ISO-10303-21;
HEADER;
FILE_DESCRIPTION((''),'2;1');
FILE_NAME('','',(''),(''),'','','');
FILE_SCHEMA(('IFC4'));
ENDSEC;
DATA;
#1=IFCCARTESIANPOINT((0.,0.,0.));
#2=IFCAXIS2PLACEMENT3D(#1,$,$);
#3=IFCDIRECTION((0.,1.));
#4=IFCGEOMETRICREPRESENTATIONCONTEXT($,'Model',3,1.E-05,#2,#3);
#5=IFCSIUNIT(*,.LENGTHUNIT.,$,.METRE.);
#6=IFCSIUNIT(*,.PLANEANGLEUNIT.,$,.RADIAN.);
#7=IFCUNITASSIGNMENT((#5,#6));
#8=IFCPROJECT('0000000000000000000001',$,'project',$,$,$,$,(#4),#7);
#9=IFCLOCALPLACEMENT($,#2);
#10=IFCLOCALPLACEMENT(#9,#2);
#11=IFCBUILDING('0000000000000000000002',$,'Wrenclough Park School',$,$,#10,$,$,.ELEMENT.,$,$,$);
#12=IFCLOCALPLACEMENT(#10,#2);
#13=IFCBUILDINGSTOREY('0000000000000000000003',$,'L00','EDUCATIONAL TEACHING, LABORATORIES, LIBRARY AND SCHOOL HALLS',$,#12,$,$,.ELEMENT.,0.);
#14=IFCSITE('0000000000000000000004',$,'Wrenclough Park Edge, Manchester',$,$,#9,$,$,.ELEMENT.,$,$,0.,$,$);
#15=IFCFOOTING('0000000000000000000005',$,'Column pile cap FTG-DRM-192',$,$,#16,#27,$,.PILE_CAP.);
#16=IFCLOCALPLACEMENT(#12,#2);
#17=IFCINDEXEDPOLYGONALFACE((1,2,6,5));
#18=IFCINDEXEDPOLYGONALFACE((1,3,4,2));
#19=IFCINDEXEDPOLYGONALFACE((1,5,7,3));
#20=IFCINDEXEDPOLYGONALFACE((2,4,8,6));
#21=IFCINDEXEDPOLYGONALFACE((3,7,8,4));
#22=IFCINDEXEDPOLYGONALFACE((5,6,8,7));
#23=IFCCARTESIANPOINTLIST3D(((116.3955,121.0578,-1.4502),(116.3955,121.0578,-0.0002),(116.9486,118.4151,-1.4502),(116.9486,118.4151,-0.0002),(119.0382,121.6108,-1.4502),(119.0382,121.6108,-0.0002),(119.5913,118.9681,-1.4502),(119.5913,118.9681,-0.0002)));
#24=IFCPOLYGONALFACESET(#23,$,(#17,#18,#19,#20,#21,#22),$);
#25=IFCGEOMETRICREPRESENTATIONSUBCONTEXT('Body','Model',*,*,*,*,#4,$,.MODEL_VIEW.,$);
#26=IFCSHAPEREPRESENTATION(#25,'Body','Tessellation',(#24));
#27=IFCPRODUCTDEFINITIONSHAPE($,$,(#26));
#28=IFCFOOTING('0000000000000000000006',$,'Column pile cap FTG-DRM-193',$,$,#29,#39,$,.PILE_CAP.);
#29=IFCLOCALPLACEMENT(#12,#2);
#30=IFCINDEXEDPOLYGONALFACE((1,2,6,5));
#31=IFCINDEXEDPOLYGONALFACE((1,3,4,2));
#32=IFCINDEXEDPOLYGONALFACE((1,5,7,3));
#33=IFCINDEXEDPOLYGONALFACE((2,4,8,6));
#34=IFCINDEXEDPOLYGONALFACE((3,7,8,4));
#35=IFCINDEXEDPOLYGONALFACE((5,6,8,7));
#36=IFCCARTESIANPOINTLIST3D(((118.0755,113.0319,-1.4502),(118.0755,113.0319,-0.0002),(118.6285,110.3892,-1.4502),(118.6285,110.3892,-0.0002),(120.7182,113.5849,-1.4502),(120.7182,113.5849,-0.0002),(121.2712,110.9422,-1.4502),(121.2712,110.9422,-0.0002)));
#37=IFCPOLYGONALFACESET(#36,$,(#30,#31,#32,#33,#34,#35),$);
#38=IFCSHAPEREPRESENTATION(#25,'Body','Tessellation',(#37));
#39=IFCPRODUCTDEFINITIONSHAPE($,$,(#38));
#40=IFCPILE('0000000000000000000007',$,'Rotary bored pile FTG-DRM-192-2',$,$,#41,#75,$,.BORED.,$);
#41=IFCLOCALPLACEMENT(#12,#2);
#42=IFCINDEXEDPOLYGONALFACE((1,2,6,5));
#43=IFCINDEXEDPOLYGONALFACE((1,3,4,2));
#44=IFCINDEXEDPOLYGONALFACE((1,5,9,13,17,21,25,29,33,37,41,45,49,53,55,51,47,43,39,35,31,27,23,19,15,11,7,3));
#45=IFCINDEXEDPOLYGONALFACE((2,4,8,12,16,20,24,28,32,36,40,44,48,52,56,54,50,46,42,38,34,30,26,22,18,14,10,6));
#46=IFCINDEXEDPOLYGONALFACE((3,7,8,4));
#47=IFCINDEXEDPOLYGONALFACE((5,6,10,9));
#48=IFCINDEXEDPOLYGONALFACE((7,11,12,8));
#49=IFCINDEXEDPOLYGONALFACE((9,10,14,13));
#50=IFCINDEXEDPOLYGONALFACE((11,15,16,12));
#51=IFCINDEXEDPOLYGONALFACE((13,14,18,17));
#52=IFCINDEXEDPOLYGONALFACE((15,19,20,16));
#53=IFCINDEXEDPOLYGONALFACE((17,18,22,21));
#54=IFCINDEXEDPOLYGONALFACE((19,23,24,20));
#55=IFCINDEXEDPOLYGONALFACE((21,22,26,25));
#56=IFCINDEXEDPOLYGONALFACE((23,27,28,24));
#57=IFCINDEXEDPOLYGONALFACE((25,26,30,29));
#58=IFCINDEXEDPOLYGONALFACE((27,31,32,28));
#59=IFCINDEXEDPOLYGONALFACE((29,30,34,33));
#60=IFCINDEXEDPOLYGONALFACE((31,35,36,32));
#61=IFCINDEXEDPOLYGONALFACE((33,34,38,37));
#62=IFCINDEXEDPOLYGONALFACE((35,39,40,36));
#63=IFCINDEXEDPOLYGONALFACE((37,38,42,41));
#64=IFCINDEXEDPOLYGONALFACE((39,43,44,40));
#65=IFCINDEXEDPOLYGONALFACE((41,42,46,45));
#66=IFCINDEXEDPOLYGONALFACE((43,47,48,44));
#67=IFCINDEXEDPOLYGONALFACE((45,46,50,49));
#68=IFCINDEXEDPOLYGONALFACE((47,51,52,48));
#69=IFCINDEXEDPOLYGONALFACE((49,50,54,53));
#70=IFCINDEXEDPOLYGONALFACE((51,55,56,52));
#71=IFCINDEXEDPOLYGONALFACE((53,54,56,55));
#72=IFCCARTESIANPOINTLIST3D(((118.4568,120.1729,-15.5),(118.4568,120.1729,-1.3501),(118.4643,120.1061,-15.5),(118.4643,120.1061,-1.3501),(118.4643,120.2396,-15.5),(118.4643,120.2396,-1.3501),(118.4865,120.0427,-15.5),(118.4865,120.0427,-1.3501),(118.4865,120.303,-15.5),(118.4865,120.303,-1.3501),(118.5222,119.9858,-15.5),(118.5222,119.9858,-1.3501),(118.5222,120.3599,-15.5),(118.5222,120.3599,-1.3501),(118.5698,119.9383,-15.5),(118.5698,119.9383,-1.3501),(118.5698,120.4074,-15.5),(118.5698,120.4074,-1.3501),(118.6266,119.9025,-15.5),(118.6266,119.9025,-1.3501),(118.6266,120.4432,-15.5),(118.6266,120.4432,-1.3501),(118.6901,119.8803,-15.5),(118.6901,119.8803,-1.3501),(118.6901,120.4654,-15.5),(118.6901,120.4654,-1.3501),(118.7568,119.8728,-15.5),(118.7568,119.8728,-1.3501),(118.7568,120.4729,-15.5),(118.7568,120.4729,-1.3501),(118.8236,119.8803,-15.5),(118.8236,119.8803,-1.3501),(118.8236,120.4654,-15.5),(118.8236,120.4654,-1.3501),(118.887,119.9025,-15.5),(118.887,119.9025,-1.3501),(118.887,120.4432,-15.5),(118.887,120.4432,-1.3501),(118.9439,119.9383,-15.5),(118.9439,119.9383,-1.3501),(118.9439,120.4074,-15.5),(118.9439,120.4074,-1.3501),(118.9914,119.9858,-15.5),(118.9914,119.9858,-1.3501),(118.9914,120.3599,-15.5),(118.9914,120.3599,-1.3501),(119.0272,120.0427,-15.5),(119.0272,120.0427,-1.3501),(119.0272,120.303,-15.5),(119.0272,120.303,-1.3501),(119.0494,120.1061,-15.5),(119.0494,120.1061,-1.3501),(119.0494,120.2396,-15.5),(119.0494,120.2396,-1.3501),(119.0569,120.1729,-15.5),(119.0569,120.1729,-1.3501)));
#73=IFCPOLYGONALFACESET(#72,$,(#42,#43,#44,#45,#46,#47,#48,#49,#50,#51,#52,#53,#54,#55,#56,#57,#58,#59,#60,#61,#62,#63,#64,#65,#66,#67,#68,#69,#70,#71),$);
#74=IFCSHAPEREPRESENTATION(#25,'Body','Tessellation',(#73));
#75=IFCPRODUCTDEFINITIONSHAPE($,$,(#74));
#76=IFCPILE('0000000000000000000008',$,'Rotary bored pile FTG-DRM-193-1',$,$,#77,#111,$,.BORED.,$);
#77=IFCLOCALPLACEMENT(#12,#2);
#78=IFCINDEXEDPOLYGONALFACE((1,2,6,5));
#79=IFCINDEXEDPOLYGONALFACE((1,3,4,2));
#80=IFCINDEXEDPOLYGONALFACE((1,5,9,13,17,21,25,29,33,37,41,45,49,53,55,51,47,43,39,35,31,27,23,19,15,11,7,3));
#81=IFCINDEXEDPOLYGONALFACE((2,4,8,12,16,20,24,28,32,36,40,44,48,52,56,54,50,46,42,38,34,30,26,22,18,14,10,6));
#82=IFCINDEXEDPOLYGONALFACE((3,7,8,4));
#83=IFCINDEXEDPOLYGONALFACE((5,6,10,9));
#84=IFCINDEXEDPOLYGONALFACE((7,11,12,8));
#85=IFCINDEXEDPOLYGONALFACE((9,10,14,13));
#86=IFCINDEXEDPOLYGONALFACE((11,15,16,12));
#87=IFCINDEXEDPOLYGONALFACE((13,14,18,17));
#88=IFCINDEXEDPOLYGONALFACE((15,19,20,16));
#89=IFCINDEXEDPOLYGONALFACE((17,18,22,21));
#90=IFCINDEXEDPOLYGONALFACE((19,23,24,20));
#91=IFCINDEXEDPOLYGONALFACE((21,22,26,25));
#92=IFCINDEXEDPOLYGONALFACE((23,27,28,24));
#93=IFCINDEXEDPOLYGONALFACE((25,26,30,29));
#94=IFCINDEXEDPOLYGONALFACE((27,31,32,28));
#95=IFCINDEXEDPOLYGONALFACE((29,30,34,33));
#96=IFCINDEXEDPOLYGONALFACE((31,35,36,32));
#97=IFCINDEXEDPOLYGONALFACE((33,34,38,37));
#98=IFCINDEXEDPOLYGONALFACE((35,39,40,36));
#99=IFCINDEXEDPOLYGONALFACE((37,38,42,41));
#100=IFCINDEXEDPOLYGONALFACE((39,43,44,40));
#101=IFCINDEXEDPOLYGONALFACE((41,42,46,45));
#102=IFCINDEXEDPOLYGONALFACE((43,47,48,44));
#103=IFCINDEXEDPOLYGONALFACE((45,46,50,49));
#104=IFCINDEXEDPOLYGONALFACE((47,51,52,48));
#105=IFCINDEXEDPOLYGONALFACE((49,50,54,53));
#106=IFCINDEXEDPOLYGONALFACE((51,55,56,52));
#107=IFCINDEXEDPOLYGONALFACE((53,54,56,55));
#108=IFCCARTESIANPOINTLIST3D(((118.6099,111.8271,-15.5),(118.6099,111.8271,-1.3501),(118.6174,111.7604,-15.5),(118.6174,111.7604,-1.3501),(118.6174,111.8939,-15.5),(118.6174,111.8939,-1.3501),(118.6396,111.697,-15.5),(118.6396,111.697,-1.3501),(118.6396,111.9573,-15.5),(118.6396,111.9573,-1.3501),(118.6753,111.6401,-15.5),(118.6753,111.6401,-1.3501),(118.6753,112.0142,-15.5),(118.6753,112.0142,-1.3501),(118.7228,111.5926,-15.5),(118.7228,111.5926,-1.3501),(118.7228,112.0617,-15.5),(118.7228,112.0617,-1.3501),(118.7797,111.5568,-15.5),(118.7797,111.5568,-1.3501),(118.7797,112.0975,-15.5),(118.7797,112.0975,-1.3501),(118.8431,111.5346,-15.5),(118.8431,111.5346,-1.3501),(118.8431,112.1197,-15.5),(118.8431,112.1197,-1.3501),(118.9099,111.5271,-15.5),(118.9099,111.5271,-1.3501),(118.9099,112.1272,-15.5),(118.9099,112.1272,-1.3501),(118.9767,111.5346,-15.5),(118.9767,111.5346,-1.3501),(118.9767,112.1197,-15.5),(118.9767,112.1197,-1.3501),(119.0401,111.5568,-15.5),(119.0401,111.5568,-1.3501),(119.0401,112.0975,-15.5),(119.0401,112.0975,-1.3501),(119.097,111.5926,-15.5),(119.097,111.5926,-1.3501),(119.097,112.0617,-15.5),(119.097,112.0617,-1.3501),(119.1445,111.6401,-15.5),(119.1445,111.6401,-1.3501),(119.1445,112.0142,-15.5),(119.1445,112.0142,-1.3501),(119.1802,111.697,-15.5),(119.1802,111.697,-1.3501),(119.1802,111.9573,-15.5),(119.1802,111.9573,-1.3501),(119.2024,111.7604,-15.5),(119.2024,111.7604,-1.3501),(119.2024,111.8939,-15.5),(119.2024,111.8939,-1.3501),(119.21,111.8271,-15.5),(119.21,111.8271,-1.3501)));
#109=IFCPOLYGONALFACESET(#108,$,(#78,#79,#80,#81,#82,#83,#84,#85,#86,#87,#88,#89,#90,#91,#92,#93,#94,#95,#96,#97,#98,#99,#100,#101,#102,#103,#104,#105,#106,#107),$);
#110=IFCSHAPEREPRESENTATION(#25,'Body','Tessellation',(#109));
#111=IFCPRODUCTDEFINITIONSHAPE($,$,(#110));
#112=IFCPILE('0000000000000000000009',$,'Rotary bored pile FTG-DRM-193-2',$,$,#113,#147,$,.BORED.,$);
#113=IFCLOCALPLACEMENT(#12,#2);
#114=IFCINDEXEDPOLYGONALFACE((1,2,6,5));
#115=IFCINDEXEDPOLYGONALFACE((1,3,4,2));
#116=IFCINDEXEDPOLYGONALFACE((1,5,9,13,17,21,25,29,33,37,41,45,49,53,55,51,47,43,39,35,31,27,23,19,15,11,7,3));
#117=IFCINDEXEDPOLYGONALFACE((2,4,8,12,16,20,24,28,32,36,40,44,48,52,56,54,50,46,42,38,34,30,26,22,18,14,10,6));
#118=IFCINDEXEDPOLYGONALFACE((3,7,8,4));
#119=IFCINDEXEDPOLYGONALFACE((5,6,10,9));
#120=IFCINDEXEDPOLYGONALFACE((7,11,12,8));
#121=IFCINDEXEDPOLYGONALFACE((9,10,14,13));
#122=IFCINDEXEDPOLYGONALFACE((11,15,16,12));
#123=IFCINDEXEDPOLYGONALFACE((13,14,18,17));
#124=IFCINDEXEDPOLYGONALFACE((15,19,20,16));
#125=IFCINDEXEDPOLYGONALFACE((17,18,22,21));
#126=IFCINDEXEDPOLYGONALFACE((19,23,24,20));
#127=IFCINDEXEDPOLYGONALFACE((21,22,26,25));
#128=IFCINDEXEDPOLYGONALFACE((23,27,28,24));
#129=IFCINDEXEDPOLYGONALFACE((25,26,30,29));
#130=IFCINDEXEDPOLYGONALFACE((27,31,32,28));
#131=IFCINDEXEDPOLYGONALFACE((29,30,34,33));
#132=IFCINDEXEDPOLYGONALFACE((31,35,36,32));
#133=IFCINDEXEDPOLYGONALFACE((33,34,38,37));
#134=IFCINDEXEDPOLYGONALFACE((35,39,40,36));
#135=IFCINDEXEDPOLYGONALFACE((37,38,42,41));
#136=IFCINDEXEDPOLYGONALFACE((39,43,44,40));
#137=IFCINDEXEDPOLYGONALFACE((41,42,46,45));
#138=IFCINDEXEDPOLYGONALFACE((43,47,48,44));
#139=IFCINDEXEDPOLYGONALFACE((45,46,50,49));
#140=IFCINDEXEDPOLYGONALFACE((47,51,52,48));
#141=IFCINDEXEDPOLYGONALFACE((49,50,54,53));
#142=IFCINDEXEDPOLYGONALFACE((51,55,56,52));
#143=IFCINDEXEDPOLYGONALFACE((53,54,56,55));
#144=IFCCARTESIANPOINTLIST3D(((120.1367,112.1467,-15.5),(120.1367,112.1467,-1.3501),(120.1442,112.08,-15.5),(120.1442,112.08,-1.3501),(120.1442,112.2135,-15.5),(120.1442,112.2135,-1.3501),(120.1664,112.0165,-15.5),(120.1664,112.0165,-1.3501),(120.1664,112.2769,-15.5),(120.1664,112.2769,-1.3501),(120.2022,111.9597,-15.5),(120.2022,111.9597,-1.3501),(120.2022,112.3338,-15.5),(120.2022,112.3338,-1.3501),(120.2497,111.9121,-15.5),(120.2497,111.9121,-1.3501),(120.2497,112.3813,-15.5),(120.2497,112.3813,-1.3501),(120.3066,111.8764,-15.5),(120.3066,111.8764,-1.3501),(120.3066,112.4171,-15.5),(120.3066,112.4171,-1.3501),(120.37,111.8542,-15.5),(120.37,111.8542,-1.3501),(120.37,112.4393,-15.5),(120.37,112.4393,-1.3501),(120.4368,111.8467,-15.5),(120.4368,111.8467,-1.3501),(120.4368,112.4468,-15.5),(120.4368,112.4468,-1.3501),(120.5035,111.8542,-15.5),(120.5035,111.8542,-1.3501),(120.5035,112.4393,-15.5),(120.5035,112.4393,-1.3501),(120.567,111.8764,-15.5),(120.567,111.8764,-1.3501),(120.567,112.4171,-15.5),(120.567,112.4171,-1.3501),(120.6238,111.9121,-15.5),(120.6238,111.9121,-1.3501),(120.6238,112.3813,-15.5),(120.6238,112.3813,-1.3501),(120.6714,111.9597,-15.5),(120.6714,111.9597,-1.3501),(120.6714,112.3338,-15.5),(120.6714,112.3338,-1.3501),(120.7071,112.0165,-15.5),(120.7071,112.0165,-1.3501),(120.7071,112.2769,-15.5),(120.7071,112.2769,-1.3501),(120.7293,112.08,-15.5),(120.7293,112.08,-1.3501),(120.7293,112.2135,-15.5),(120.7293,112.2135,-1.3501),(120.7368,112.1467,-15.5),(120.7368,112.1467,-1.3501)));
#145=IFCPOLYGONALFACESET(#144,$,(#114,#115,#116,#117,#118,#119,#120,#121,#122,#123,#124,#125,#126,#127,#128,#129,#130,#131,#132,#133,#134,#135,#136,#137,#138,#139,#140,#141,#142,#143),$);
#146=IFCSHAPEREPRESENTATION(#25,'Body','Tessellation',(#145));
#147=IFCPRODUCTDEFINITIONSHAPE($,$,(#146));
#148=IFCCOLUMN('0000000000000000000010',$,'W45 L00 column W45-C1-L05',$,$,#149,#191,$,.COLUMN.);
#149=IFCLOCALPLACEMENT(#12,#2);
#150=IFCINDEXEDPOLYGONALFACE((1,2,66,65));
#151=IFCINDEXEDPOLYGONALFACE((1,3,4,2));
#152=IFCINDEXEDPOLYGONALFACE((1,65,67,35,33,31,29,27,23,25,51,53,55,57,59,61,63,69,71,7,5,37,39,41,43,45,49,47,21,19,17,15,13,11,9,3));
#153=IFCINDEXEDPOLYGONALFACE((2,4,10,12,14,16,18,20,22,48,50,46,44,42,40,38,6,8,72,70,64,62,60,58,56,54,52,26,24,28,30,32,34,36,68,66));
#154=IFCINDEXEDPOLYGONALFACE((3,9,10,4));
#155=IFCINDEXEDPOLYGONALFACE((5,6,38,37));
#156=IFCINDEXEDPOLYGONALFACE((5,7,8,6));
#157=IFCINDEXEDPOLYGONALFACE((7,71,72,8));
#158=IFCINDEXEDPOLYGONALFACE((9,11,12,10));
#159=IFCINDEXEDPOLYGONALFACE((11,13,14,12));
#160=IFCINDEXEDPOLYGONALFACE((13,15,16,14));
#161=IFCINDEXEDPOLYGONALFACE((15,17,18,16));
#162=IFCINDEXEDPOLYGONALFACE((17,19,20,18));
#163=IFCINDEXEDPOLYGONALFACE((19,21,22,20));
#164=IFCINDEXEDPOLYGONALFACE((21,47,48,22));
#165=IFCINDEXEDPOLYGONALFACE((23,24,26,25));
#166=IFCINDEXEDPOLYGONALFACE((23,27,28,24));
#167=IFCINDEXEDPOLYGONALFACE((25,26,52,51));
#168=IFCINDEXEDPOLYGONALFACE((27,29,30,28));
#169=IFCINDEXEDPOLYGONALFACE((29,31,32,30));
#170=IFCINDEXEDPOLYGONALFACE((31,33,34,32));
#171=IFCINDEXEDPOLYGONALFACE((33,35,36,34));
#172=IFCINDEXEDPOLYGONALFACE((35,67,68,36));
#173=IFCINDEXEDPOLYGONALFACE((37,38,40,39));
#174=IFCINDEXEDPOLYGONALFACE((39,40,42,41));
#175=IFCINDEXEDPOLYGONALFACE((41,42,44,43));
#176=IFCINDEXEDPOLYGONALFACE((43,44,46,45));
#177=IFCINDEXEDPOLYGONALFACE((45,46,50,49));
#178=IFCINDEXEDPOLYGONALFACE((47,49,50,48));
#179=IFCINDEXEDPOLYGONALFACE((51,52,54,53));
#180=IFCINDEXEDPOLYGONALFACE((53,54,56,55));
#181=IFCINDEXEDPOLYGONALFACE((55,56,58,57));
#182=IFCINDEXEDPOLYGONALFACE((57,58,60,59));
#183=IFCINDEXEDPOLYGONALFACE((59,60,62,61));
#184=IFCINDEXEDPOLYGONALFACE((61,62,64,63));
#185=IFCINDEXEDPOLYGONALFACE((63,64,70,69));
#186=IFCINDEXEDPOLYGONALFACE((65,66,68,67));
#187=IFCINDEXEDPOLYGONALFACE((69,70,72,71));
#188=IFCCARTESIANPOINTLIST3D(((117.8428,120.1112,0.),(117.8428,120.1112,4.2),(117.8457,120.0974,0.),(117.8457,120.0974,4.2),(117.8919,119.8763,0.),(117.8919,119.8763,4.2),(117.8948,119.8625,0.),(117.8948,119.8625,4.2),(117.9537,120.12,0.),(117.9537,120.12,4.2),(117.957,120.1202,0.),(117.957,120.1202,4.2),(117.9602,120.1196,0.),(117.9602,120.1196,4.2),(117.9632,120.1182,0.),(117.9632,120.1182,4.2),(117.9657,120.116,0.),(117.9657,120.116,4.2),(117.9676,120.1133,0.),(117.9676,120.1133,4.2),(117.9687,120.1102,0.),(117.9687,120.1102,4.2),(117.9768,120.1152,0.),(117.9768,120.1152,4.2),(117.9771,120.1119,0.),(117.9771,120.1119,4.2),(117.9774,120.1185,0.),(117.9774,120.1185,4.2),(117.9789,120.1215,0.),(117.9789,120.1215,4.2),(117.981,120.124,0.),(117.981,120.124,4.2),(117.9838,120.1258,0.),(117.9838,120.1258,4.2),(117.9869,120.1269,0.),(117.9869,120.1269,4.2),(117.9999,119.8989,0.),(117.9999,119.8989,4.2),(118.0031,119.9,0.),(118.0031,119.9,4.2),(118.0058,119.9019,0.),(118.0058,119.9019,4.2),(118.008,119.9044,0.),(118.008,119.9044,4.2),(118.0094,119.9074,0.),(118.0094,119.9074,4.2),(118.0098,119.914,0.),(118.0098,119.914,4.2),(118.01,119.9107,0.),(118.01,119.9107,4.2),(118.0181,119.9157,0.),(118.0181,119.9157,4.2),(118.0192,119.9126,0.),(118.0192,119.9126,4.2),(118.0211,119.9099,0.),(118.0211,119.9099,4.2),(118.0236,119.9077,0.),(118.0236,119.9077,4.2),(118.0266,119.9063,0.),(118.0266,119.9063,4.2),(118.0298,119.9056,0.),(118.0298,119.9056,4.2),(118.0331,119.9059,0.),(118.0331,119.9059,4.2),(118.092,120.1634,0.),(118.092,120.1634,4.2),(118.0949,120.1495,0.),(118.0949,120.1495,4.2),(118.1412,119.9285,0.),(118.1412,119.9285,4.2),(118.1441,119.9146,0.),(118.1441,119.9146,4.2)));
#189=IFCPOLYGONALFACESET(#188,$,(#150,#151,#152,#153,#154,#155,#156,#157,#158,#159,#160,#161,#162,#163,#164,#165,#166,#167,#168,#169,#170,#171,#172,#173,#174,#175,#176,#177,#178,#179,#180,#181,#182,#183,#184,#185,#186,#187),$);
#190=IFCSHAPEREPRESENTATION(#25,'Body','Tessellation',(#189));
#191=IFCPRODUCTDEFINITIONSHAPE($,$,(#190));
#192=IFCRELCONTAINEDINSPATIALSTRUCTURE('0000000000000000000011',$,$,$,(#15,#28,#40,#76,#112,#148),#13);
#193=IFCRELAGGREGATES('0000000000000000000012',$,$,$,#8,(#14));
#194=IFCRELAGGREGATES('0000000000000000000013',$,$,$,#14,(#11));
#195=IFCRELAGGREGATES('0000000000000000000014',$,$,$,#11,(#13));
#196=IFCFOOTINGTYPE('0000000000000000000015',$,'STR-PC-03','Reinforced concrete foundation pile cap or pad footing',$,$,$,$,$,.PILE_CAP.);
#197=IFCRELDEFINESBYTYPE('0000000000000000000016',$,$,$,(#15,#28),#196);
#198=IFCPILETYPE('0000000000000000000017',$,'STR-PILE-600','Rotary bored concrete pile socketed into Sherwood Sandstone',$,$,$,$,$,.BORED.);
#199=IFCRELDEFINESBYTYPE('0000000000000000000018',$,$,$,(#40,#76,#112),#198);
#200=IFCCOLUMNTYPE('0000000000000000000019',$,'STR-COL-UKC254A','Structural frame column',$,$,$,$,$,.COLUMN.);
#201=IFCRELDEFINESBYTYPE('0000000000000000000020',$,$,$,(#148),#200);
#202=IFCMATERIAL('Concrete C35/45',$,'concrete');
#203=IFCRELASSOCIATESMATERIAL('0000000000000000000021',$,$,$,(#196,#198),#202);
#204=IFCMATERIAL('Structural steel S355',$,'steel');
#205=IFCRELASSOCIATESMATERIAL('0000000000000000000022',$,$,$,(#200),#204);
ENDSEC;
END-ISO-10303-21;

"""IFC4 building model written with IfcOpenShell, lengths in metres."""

from ifc_helpers import new_model, si_unit, direction, frame, origin, origin_2d, place, context, subcontext, project, spatial, rectangle, circle, i_section, extrude, material, material_profile, profile_set, type_object, element, save


model = new_model("IFC4")

# Units and contexts
model_context = context("Model", 3, precision=1e-05, world=origin(), true_north=direction((0.0, 1.0)))
body_context = subcontext(model_context, "Body", "Model", "MODEL_VIEW")
ifc_project = project(units=[si_unit("LENGTHUNIT", "METRE"), si_unit("PLANEANGLEUNIT", "RADIAN")], contexts=[model_context])

# Site, building, storey
site_placement = place(None, origin())
site = spatial("IfcSite", under=ifc_project, at=site_placement, Name="Wrenclough Park Edge, Manchester", CompositionType="ELEMENT", RefElevation=0.0)
building_placement = place(site_placement, origin())
building = spatial("IfcBuilding", under=site, at=building_placement, Name="Wrenclough Park School", CompositionType="ELEMENT")
storey_placement = place(building_placement, origin())
storey = spatial("IfcBuildingStorey", under=building, at=storey_placement, Name="L00", Description="EDUCATIONAL TEACHING, LABORATORIES, LIBRARY AND SCHOOL HALLS", CompositionType="ELEMENT", Elevation=0.0)

# Footings
ifc_material_1 = material(Name="Concrete C35/45", Category="concrete")
footing_type = type_object("IfcFootingType", Name="STR-PC-03", Description="Reinforced concrete foundation pile cap or pad footing", PredefinedType="PILE_CAP", material=ifc_material_1)
for number, where, z_axis, x_axis, name in (
    (1, (117.9934, 120.0129, -1.4502), (0.0, 0.0, 1.0), (0.978796, 0.204838, 0.0), "Column pile cap FTG-DRM-192"),
    (2, (119.6733, 111.9871, -1.4502), (0.0, 0.0, 1.0), (0.978796, 0.204838, 0.0), "Column pile cap FTG-DRM-193"),
):
    element("IfcFooting", number, at=place(storey_placement, frame(where, z_axis=z_axis, x_axis=x_axis)), inside=storey, type_object=footing_type, Name=name, PredefinedType="PILE_CAP", context=body_context, shape_type="SweptSolid", body=[
        extrude(rectangle(XDim=2.7, YDim=2.7, at=origin_2d()), origin(), (0.0, 0.0, 1.0), 1.45),
    ])

# Piles
ifc_material_profile_1 = material_profile(ifc_material_1, circle(Radius=0.3, at=origin_2d()), Name="BORED PILE D600")
ifc_profile_set_1 = profile_set([ifc_material_profile_1], Name="Concrete C35/45")
pile_type = type_object("IfcPileType", Name="STR-PILE-600", Description="Rotary bored concrete pile socketed into Sherwood Sandstone", PredefinedType="BORED", material=ifc_profile_set_1)
for number, where, z_axis, x_axis, name in (
    (3, (118.7568, 120.1729, -1.3501), (0.0, 0.0, -1.0), (1.0, 0.0, 0.0), "Rotary bored pile FTG-DRM-192-2"),
    (4, (118.9099, 111.8271, -1.3501), (0.0, 0.0, -1.0), (1.0, 0.0, 0.0), "Rotary bored pile FTG-DRM-193-1"),
    (5, (120.4368, 112.1467, -1.3501), (0.0, 0.0, -1.0), (1.0, 0.0, 0.0), "Rotary bored pile FTG-DRM-193-2"),
):
    element("IfcPile", number, at=place(storey_placement, frame(where, z_axis=z_axis, x_axis=x_axis)), inside=storey, type_object=pile_type, Name=name, PredefinedType="BORED", context=body_context, shape_type="SweptSolid", body=[
        extrude(circle(Radius=0.3, at=origin_2d()), origin(), (0.0, 0.0, 1.0), 14.1499),
    ])

# Column
ifc_material_2 = material(Name="Structural steel S355", Category="steel")
ifc_material_profile_2 = material_profile(ifc_material_2, i_section(OverallWidth=0.2546, OverallDepth=0.2542, WebThickness=0.0085, FlangeThickness=0.0142, FilletRadius=0.0127, at=origin_2d()), Name="UKC 254x254x73")
ifc_profile_set_2 = profile_set([ifc_material_profile_2], Name="Structural steel S355")
column_type = type_object("IfcColumnType", Name="STR-COL-UKC254A", Description="Structural frame column", PredefinedType="COLUMN", material=ifc_profile_set_2)
for number, where, z_axis, x_axis, name in (
    (6, (117.9934, 120.0129, 0.0), (0.0, 0.0, 1.0), (0.978796, 0.204838, 0.0), "W45 L00 column W45-C1-L05"),
):
    element("IfcColumn", number, at=place(storey_placement, frame(where, z_axis=z_axis, x_axis=x_axis)), inside=storey, type_object=column_type, Name=name, PredefinedType="COLUMN", context=body_context, shape_type="SweptSolid", body=[
        extrude(i_section(OverallWidth=0.2546, OverallDepth=0.2542, WebThickness=0.0085, FlangeThickness=0.0142, FilletRadius=0.0127, at=origin_2d()), origin(), (0.0, 0.0, 1.0), 4.2),
    ])

save(model, "model.ifc")
